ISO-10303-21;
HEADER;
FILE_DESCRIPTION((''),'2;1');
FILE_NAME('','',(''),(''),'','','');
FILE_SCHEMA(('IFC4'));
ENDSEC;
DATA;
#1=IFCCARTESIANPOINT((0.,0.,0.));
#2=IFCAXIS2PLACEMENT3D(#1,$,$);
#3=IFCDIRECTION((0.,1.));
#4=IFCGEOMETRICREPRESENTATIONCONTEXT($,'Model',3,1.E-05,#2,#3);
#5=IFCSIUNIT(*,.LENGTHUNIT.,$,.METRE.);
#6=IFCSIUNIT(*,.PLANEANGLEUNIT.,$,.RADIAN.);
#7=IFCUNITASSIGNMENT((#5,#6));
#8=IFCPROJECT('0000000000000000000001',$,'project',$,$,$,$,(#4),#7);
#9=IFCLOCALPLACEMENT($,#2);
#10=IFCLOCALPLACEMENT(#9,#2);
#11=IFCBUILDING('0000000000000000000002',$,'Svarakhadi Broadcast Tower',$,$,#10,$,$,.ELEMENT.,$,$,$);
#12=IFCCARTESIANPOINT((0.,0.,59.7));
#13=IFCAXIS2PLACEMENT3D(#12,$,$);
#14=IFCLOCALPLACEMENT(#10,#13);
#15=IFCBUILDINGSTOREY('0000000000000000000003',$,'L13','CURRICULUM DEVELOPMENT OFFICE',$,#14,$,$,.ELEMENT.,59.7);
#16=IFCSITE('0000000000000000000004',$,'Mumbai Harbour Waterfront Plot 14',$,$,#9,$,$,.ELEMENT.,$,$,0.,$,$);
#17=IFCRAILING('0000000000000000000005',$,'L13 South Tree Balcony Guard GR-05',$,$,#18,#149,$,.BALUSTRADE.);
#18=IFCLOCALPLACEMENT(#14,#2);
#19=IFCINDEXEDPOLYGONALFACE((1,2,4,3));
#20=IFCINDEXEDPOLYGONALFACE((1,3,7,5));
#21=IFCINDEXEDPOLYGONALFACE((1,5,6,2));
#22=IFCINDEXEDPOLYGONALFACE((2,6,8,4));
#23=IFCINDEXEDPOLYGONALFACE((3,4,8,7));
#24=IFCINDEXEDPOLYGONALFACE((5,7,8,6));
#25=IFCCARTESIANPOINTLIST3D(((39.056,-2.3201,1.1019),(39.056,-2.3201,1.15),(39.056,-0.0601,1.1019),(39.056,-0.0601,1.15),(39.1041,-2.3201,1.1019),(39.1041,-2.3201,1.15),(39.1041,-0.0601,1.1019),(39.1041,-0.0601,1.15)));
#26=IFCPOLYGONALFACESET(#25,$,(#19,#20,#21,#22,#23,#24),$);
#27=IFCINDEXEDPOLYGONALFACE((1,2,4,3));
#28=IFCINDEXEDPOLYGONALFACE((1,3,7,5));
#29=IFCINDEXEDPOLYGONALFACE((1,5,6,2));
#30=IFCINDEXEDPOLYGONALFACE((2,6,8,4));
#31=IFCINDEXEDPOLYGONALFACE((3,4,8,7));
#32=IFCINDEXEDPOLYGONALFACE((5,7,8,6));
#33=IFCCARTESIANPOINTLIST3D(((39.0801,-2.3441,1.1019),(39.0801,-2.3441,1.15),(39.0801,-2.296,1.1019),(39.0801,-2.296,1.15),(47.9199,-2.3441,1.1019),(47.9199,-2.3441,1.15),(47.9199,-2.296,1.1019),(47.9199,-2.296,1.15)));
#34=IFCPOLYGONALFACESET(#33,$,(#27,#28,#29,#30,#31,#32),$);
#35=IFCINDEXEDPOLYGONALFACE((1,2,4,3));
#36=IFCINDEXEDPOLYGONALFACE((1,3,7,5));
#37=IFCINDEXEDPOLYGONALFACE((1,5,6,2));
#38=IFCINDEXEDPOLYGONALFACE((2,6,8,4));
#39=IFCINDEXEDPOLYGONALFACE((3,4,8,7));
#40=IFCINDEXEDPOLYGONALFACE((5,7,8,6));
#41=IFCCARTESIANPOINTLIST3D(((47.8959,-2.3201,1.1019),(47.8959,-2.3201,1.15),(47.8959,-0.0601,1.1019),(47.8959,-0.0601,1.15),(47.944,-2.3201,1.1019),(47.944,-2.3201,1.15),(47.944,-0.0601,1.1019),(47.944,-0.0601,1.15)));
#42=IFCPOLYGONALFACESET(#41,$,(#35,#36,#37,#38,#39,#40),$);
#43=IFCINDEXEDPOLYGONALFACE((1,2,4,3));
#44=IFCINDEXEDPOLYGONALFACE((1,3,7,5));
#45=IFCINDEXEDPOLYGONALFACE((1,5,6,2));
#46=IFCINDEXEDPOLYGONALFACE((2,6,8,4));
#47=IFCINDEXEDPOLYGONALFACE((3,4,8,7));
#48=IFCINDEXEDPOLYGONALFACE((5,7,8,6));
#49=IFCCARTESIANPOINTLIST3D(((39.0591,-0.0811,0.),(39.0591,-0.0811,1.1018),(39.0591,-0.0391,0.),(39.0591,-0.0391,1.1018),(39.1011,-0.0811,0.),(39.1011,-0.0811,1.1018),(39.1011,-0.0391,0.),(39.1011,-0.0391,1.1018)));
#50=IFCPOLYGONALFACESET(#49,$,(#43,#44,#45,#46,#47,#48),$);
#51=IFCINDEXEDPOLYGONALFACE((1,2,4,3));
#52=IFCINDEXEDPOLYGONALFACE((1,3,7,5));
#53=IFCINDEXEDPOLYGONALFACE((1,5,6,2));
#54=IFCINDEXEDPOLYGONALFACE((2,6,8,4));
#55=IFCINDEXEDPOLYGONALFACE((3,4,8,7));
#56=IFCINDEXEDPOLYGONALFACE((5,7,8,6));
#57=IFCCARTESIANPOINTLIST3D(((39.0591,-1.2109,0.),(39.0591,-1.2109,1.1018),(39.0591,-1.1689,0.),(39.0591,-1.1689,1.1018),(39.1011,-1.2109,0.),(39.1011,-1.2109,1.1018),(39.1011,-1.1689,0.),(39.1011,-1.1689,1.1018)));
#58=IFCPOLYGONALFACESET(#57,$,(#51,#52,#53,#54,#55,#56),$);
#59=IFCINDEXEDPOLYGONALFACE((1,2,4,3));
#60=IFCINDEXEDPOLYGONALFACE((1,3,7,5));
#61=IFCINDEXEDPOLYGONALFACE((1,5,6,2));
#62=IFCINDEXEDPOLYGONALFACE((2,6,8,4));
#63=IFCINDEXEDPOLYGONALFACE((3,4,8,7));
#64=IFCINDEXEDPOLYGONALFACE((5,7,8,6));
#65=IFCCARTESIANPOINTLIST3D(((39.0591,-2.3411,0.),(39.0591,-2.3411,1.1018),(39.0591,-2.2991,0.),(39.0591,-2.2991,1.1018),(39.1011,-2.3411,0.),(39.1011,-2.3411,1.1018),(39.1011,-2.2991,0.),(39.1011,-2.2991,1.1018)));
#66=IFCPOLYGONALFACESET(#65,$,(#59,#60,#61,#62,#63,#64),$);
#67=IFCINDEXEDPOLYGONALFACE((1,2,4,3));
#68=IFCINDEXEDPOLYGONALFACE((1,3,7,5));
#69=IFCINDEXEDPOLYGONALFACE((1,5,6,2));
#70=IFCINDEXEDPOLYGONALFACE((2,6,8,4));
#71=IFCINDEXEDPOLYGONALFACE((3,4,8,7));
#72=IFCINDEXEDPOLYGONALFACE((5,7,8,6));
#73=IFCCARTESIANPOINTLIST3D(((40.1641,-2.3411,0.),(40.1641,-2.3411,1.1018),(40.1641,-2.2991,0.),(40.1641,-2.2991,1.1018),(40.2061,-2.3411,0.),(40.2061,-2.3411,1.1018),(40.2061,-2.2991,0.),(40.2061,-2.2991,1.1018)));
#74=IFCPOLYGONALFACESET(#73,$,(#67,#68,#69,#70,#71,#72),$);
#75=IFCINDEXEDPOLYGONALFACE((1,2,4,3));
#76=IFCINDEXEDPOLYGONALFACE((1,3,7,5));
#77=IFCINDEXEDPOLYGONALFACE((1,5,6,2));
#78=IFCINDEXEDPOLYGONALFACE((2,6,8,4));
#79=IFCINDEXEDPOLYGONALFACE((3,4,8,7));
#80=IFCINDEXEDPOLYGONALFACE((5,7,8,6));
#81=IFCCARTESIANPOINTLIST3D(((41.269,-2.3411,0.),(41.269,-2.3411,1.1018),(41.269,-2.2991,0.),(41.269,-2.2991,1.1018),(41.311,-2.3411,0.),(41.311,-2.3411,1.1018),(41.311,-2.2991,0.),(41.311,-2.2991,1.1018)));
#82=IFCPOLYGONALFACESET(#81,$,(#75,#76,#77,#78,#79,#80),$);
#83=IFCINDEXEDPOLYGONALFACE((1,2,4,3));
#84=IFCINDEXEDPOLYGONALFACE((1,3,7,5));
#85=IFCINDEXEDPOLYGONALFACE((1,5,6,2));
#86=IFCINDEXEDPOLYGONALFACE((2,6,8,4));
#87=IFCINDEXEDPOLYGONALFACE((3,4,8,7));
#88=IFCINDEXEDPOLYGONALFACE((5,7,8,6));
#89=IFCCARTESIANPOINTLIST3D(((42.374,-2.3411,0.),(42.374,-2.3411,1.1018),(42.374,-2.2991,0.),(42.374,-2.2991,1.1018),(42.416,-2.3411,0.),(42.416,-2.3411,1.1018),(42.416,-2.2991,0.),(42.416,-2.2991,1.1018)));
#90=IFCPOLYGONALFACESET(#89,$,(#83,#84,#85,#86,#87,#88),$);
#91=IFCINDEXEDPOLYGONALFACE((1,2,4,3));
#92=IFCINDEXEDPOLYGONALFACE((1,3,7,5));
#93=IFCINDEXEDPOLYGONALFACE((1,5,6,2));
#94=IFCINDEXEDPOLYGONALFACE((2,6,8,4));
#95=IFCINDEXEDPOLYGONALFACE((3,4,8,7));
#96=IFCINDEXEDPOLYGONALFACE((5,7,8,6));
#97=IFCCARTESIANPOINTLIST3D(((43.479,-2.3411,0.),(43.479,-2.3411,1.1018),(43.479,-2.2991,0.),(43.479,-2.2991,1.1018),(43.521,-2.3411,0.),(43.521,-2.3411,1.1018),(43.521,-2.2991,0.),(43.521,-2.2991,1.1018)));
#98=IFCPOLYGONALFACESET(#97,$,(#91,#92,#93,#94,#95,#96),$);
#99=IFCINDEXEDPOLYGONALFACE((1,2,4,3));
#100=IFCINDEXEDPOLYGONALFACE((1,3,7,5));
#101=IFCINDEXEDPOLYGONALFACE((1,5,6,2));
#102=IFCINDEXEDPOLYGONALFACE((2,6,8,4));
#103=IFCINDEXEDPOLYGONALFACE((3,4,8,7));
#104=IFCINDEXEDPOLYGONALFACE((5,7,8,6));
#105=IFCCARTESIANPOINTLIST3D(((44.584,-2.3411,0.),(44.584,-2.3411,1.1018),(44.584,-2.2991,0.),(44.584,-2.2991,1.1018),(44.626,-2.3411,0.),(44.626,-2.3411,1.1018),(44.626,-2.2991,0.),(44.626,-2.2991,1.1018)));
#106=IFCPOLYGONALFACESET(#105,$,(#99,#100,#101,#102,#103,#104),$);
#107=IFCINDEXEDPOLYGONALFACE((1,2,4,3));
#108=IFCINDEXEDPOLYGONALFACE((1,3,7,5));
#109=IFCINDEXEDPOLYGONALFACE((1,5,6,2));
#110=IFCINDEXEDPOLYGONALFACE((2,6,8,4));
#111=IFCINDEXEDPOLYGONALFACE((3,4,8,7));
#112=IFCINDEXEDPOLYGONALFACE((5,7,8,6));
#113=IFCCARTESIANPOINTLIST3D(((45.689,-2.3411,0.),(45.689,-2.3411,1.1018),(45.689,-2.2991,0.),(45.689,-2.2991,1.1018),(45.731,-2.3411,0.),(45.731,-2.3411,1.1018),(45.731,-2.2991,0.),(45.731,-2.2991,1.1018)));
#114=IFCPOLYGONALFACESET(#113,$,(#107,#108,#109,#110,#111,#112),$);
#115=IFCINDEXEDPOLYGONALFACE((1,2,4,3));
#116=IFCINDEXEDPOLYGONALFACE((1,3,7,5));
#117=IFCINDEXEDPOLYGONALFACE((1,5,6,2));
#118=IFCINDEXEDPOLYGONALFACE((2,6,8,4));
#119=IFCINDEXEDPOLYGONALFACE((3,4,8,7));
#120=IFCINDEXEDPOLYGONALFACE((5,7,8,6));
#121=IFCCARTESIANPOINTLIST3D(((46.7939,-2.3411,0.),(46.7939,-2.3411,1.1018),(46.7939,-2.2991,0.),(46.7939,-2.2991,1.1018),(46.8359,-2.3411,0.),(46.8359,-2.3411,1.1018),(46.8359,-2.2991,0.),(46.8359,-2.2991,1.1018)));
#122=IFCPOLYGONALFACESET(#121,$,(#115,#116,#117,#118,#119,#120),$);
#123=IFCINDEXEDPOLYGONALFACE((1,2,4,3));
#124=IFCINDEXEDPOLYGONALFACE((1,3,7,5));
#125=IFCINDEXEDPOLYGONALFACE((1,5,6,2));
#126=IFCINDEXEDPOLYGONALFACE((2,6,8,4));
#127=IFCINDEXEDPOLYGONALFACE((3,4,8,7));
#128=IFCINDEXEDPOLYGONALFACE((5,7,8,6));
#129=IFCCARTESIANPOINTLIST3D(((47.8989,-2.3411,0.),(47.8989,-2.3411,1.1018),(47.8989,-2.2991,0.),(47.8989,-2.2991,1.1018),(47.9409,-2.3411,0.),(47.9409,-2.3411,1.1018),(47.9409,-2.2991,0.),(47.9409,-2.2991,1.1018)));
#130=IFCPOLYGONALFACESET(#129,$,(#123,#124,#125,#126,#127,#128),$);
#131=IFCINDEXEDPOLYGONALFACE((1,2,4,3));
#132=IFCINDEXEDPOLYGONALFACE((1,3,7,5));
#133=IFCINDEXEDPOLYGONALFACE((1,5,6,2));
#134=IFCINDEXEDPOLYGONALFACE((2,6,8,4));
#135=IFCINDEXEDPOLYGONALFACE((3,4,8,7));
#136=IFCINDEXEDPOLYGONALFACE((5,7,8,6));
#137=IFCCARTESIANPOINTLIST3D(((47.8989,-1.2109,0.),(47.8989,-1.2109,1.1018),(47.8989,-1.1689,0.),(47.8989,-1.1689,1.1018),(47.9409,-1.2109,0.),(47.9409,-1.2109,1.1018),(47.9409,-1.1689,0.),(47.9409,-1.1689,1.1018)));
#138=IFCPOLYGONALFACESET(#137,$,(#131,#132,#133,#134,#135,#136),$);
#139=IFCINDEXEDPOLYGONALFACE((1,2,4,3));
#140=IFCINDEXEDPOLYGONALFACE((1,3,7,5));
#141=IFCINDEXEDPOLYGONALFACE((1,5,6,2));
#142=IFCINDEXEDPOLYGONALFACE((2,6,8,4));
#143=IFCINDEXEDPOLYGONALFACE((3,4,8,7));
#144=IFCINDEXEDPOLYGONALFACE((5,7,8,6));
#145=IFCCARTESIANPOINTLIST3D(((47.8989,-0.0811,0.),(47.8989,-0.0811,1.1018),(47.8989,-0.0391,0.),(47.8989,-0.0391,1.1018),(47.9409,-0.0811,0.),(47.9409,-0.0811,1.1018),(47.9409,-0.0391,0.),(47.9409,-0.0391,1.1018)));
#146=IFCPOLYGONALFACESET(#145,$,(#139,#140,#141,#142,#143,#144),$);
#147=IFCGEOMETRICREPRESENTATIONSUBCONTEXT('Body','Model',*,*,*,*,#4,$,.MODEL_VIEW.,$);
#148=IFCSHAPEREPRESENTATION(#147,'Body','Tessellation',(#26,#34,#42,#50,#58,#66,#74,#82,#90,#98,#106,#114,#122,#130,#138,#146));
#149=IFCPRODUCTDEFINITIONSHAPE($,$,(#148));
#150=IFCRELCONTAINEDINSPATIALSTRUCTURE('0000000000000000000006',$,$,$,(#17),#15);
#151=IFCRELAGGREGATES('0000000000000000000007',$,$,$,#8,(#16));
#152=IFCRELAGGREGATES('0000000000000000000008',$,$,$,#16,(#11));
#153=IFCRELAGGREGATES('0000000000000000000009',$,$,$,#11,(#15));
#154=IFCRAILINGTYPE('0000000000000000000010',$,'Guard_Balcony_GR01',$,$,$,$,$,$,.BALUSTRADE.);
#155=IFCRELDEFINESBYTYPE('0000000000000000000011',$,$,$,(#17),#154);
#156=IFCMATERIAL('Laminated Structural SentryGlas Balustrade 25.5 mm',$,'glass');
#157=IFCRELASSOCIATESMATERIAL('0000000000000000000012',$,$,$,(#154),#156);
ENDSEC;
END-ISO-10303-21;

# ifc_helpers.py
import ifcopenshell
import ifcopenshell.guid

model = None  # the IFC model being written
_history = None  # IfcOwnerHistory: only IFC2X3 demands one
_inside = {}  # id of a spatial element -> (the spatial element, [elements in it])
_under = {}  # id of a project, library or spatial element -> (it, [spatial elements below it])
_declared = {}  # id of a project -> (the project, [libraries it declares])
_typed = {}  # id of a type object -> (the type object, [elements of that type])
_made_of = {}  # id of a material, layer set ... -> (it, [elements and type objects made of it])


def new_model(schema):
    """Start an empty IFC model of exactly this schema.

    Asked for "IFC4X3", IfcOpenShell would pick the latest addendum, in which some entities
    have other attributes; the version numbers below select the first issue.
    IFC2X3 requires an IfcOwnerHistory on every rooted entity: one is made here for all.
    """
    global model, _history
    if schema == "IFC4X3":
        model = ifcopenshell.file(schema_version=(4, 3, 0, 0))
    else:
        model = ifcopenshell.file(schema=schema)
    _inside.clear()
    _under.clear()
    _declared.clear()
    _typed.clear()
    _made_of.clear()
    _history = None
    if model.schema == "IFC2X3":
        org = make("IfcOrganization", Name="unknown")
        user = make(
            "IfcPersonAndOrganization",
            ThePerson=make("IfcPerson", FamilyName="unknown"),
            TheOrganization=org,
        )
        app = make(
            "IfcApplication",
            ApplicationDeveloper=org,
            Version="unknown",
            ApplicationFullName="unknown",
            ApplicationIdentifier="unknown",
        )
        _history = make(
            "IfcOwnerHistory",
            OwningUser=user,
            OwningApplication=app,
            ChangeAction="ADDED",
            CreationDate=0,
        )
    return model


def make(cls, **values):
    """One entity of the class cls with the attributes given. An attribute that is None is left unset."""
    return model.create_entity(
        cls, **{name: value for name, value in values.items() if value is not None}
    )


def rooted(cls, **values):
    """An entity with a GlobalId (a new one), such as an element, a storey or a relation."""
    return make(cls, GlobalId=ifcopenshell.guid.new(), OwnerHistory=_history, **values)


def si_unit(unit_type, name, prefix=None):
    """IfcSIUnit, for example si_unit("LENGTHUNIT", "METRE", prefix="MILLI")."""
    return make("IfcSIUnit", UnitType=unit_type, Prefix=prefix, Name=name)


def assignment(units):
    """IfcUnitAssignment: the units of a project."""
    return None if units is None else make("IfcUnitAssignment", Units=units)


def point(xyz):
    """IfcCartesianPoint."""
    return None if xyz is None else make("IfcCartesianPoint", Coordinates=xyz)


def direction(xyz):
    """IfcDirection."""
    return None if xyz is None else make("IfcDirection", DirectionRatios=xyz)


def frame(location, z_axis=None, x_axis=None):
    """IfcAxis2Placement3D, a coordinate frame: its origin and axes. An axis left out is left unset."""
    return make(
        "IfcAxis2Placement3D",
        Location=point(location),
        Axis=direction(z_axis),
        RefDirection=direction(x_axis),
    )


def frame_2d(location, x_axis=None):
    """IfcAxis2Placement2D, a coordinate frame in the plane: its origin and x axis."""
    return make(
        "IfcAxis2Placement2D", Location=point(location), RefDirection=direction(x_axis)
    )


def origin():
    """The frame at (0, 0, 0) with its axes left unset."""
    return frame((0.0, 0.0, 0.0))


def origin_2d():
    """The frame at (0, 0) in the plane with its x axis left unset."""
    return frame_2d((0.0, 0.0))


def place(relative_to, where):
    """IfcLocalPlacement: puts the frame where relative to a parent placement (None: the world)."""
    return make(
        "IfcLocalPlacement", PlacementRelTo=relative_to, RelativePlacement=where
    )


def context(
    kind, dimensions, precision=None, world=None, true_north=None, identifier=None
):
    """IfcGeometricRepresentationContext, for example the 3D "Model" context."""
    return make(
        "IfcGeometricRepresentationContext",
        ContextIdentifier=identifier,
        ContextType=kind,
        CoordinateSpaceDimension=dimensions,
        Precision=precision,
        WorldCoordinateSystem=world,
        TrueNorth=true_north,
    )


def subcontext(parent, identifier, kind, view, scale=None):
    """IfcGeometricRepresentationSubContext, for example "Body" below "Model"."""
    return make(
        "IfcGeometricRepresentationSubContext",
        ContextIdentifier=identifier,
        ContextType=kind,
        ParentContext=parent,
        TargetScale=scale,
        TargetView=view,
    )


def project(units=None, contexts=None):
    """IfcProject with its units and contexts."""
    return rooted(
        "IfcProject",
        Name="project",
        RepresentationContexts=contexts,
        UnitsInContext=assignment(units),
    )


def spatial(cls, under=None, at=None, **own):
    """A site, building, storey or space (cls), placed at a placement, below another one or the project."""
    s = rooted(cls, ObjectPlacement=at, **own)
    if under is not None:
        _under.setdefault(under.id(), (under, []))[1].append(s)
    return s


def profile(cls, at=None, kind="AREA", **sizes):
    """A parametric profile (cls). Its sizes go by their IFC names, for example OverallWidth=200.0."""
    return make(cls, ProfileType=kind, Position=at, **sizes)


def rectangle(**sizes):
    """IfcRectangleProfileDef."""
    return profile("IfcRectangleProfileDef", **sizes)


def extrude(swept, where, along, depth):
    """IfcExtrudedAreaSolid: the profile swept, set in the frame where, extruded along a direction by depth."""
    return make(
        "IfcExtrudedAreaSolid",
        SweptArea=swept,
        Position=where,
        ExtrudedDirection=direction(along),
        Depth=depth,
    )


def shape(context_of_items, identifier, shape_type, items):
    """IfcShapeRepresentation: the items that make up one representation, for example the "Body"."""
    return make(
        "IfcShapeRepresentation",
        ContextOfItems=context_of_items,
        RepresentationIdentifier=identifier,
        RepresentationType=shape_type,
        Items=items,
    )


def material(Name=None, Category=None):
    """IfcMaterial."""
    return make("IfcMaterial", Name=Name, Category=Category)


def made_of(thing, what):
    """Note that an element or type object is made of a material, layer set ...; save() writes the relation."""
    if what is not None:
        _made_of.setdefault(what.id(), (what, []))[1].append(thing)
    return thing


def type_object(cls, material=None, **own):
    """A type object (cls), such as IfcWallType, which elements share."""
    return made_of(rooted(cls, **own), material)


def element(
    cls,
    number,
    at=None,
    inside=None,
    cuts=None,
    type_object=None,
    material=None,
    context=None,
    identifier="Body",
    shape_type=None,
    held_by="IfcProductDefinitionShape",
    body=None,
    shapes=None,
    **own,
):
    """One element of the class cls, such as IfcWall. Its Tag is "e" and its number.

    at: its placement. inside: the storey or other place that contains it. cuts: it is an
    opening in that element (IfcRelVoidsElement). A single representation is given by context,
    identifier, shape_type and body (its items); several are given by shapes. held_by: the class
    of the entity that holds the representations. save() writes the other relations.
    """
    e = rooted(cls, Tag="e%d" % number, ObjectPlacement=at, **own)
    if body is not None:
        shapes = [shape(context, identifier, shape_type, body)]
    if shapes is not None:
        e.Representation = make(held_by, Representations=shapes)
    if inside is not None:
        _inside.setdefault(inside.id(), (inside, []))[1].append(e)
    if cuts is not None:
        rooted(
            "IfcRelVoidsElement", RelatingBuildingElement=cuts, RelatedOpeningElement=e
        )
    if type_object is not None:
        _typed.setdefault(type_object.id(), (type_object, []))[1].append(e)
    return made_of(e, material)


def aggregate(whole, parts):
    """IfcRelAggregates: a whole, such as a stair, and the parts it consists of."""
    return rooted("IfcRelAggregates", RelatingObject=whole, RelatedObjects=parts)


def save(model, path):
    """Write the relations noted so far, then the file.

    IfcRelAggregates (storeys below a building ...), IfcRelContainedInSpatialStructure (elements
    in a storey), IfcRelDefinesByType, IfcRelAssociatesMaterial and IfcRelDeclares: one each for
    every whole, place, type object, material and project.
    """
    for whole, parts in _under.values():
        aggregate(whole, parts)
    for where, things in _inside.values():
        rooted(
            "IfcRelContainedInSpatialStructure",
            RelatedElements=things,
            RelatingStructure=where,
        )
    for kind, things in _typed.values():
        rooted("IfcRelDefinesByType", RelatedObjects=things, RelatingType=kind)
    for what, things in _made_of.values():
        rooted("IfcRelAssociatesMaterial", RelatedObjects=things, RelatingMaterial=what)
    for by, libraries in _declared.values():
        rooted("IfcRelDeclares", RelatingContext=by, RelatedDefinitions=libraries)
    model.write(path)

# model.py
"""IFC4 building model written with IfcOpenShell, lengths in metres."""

from ifc_helpers import new_model, si_unit, direction, frame, origin, origin_2d, place, context, subcontext, project, spatial, rectangle, extrude, material, type_object, element, save


model = new_model("IFC4")

# Units and contexts
model_context = context("Model", 3, precision=1e-05, world=origin(), true_north=direction((0.0, 1.0)))
body_context = subcontext(model_context, "Body", "Model", "MODEL_VIEW")
ifc_project = project(units=[si_unit("LENGTHUNIT", "METRE"), si_unit("PLANEANGLEUNIT", "RADIAN")], contexts=[model_context])

# Site, building, storey
site_placement = place(None, origin())
site = spatial("IfcSite", under=ifc_project, at=site_placement, Name="Mumbai Harbour Waterfront Plot 14", CompositionType="ELEMENT", RefElevation=0.0)
building_placement = place(site_placement, origin())
building = spatial("IfcBuilding", under=site, at=building_placement, Name="Svarakhadi Broadcast Tower", CompositionType="ELEMENT")
storey_placement = place(building_placement, frame((0.0, 0.0, 59.7)))
storey = spatial("IfcBuildingStorey", under=building, at=storey_placement, Name="L13", Description="CURRICULUM DEVELOPMENT OFFICE", CompositionType="ELEMENT", Elevation=59.7)

# Railing
ifc_material_1 = material(Name="Laminated Structural SentryGlas Balustrade 25.5 mm", Category="glass")
railing_type = type_object("IfcRailingType", Name="Guard_Balcony_GR01", PredefinedType="BALUSTRADE", material=ifc_material_1)
railing_placement = place(storey_placement, frame((39.0801, -0.0601, 0.0)))
element("IfcRailing", 1, at=railing_placement, inside=storey, type_object=railing_type, Name="L13 South Tree Balcony Guard GR-05", PredefinedType="BALUSTRADE", context=body_context, shape_type="SweptSolid", body=[
    extrude(rectangle(XDim=0.0481, YDim=0.0481, at=origin_2d()), frame((0.0, 0.0, 1.126), z_axis=(0.0, -1.0, 0.0), x_axis=(1.0, 0.0, 0.0)), (0.0, 0.0, 1.0), 2.26),
    extrude(rectangle(XDim=0.0481, YDim=0.0481, at=origin_2d()), frame((0.0, -2.26, 1.126), z_axis=(1.0, 0.0, 0.0), x_axis=(0.0, 1.0, 0.0)), (0.0, 0.0, 1.0), 8.8398),
    extrude(rectangle(XDim=0.0481, YDim=0.0481, at=origin_2d()), frame((8.8398, -2.26, 1.126), z_axis=(0.0, 1.0, 0.0), x_axis=(-1.0, 0.0, 0.0)), (0.0, 0.0, 1.0), 2.26),
    extrude(rectangle(XDim=0.042, YDim=0.042, at=origin_2d()), origin(), (0.0, 0.0, 1.0), 1.1018),
    extrude(rectangle(XDim=0.042, YDim=0.042, at=origin_2d()), frame((0.0, -1.1299, 0.0)), (0.0, 0.0, 1.0), 1.1018),
    extrude(rectangle(XDim=0.042, YDim=0.042, at=origin_2d()), frame((0.0, -2.26, 0.0)), (0.0, 0.0, 1.0), 1.1018),
    extrude(rectangle(XDim=0.042, YDim=0.042, at=origin_2d()), frame((1.105, -2.26, 0.0)), (0.0, 0.0, 1.0), 1.1018),
    extrude(rectangle(XDim=0.042, YDim=0.042, at=origin_2d()), frame((2.21, -2.26, 0.0)), (0.0, 0.0, 1.0), 1.1018),
    extrude(rectangle(XDim=0.042, YDim=0.042, at=origin_2d()), frame((3.3149, -2.26, 0.0)), (0.0, 0.0, 1.0), 1.1018),
    extrude(rectangle(XDim=0.042, YDim=0.042, at=origin_2d()), frame((4.4199, -2.26, 0.0)), (0.0, 0.0, 1.0), 1.1018),
    extrude(rectangle(XDim=0.042, YDim=0.042, at=origin_2d()), frame((5.5249, -2.26, 0.0)), (0.0, 0.0, 1.0), 1.1018),
    extrude(rectangle(XDim=0.042, YDim=0.042, at=origin_2d()), frame((6.6299, -2.26, 0.0)), (0.0, 0.0, 1.0), 1.1018),
    extrude(rectangle(XDim=0.042, YDim=0.042, at=origin_2d()), frame((7.7349, -2.26, 0.0)), (0.0, 0.0, 1.0), 1.1018),
    extrude(rectangle(XDim=0.042, YDim=0.042, at=origin_2d()), frame((8.8398, -2.26, 0.0)), (0.0, 0.0, 1.0), 1.1018),
    extrude(rectangle(XDim=0.042, YDim=0.042, at=origin_2d()), frame((8.8398, -1.1299, 0.0)), (0.0, 0.0, 1.0), 1.1018),
    extrude(rectangle(XDim=0.042, YDim=0.042, at=origin_2d()), frame((8.8398, 0.0, 0.0)), (0.0, 0.0, 1.0), 1.1018),
])

save(model, "model.ifc")
